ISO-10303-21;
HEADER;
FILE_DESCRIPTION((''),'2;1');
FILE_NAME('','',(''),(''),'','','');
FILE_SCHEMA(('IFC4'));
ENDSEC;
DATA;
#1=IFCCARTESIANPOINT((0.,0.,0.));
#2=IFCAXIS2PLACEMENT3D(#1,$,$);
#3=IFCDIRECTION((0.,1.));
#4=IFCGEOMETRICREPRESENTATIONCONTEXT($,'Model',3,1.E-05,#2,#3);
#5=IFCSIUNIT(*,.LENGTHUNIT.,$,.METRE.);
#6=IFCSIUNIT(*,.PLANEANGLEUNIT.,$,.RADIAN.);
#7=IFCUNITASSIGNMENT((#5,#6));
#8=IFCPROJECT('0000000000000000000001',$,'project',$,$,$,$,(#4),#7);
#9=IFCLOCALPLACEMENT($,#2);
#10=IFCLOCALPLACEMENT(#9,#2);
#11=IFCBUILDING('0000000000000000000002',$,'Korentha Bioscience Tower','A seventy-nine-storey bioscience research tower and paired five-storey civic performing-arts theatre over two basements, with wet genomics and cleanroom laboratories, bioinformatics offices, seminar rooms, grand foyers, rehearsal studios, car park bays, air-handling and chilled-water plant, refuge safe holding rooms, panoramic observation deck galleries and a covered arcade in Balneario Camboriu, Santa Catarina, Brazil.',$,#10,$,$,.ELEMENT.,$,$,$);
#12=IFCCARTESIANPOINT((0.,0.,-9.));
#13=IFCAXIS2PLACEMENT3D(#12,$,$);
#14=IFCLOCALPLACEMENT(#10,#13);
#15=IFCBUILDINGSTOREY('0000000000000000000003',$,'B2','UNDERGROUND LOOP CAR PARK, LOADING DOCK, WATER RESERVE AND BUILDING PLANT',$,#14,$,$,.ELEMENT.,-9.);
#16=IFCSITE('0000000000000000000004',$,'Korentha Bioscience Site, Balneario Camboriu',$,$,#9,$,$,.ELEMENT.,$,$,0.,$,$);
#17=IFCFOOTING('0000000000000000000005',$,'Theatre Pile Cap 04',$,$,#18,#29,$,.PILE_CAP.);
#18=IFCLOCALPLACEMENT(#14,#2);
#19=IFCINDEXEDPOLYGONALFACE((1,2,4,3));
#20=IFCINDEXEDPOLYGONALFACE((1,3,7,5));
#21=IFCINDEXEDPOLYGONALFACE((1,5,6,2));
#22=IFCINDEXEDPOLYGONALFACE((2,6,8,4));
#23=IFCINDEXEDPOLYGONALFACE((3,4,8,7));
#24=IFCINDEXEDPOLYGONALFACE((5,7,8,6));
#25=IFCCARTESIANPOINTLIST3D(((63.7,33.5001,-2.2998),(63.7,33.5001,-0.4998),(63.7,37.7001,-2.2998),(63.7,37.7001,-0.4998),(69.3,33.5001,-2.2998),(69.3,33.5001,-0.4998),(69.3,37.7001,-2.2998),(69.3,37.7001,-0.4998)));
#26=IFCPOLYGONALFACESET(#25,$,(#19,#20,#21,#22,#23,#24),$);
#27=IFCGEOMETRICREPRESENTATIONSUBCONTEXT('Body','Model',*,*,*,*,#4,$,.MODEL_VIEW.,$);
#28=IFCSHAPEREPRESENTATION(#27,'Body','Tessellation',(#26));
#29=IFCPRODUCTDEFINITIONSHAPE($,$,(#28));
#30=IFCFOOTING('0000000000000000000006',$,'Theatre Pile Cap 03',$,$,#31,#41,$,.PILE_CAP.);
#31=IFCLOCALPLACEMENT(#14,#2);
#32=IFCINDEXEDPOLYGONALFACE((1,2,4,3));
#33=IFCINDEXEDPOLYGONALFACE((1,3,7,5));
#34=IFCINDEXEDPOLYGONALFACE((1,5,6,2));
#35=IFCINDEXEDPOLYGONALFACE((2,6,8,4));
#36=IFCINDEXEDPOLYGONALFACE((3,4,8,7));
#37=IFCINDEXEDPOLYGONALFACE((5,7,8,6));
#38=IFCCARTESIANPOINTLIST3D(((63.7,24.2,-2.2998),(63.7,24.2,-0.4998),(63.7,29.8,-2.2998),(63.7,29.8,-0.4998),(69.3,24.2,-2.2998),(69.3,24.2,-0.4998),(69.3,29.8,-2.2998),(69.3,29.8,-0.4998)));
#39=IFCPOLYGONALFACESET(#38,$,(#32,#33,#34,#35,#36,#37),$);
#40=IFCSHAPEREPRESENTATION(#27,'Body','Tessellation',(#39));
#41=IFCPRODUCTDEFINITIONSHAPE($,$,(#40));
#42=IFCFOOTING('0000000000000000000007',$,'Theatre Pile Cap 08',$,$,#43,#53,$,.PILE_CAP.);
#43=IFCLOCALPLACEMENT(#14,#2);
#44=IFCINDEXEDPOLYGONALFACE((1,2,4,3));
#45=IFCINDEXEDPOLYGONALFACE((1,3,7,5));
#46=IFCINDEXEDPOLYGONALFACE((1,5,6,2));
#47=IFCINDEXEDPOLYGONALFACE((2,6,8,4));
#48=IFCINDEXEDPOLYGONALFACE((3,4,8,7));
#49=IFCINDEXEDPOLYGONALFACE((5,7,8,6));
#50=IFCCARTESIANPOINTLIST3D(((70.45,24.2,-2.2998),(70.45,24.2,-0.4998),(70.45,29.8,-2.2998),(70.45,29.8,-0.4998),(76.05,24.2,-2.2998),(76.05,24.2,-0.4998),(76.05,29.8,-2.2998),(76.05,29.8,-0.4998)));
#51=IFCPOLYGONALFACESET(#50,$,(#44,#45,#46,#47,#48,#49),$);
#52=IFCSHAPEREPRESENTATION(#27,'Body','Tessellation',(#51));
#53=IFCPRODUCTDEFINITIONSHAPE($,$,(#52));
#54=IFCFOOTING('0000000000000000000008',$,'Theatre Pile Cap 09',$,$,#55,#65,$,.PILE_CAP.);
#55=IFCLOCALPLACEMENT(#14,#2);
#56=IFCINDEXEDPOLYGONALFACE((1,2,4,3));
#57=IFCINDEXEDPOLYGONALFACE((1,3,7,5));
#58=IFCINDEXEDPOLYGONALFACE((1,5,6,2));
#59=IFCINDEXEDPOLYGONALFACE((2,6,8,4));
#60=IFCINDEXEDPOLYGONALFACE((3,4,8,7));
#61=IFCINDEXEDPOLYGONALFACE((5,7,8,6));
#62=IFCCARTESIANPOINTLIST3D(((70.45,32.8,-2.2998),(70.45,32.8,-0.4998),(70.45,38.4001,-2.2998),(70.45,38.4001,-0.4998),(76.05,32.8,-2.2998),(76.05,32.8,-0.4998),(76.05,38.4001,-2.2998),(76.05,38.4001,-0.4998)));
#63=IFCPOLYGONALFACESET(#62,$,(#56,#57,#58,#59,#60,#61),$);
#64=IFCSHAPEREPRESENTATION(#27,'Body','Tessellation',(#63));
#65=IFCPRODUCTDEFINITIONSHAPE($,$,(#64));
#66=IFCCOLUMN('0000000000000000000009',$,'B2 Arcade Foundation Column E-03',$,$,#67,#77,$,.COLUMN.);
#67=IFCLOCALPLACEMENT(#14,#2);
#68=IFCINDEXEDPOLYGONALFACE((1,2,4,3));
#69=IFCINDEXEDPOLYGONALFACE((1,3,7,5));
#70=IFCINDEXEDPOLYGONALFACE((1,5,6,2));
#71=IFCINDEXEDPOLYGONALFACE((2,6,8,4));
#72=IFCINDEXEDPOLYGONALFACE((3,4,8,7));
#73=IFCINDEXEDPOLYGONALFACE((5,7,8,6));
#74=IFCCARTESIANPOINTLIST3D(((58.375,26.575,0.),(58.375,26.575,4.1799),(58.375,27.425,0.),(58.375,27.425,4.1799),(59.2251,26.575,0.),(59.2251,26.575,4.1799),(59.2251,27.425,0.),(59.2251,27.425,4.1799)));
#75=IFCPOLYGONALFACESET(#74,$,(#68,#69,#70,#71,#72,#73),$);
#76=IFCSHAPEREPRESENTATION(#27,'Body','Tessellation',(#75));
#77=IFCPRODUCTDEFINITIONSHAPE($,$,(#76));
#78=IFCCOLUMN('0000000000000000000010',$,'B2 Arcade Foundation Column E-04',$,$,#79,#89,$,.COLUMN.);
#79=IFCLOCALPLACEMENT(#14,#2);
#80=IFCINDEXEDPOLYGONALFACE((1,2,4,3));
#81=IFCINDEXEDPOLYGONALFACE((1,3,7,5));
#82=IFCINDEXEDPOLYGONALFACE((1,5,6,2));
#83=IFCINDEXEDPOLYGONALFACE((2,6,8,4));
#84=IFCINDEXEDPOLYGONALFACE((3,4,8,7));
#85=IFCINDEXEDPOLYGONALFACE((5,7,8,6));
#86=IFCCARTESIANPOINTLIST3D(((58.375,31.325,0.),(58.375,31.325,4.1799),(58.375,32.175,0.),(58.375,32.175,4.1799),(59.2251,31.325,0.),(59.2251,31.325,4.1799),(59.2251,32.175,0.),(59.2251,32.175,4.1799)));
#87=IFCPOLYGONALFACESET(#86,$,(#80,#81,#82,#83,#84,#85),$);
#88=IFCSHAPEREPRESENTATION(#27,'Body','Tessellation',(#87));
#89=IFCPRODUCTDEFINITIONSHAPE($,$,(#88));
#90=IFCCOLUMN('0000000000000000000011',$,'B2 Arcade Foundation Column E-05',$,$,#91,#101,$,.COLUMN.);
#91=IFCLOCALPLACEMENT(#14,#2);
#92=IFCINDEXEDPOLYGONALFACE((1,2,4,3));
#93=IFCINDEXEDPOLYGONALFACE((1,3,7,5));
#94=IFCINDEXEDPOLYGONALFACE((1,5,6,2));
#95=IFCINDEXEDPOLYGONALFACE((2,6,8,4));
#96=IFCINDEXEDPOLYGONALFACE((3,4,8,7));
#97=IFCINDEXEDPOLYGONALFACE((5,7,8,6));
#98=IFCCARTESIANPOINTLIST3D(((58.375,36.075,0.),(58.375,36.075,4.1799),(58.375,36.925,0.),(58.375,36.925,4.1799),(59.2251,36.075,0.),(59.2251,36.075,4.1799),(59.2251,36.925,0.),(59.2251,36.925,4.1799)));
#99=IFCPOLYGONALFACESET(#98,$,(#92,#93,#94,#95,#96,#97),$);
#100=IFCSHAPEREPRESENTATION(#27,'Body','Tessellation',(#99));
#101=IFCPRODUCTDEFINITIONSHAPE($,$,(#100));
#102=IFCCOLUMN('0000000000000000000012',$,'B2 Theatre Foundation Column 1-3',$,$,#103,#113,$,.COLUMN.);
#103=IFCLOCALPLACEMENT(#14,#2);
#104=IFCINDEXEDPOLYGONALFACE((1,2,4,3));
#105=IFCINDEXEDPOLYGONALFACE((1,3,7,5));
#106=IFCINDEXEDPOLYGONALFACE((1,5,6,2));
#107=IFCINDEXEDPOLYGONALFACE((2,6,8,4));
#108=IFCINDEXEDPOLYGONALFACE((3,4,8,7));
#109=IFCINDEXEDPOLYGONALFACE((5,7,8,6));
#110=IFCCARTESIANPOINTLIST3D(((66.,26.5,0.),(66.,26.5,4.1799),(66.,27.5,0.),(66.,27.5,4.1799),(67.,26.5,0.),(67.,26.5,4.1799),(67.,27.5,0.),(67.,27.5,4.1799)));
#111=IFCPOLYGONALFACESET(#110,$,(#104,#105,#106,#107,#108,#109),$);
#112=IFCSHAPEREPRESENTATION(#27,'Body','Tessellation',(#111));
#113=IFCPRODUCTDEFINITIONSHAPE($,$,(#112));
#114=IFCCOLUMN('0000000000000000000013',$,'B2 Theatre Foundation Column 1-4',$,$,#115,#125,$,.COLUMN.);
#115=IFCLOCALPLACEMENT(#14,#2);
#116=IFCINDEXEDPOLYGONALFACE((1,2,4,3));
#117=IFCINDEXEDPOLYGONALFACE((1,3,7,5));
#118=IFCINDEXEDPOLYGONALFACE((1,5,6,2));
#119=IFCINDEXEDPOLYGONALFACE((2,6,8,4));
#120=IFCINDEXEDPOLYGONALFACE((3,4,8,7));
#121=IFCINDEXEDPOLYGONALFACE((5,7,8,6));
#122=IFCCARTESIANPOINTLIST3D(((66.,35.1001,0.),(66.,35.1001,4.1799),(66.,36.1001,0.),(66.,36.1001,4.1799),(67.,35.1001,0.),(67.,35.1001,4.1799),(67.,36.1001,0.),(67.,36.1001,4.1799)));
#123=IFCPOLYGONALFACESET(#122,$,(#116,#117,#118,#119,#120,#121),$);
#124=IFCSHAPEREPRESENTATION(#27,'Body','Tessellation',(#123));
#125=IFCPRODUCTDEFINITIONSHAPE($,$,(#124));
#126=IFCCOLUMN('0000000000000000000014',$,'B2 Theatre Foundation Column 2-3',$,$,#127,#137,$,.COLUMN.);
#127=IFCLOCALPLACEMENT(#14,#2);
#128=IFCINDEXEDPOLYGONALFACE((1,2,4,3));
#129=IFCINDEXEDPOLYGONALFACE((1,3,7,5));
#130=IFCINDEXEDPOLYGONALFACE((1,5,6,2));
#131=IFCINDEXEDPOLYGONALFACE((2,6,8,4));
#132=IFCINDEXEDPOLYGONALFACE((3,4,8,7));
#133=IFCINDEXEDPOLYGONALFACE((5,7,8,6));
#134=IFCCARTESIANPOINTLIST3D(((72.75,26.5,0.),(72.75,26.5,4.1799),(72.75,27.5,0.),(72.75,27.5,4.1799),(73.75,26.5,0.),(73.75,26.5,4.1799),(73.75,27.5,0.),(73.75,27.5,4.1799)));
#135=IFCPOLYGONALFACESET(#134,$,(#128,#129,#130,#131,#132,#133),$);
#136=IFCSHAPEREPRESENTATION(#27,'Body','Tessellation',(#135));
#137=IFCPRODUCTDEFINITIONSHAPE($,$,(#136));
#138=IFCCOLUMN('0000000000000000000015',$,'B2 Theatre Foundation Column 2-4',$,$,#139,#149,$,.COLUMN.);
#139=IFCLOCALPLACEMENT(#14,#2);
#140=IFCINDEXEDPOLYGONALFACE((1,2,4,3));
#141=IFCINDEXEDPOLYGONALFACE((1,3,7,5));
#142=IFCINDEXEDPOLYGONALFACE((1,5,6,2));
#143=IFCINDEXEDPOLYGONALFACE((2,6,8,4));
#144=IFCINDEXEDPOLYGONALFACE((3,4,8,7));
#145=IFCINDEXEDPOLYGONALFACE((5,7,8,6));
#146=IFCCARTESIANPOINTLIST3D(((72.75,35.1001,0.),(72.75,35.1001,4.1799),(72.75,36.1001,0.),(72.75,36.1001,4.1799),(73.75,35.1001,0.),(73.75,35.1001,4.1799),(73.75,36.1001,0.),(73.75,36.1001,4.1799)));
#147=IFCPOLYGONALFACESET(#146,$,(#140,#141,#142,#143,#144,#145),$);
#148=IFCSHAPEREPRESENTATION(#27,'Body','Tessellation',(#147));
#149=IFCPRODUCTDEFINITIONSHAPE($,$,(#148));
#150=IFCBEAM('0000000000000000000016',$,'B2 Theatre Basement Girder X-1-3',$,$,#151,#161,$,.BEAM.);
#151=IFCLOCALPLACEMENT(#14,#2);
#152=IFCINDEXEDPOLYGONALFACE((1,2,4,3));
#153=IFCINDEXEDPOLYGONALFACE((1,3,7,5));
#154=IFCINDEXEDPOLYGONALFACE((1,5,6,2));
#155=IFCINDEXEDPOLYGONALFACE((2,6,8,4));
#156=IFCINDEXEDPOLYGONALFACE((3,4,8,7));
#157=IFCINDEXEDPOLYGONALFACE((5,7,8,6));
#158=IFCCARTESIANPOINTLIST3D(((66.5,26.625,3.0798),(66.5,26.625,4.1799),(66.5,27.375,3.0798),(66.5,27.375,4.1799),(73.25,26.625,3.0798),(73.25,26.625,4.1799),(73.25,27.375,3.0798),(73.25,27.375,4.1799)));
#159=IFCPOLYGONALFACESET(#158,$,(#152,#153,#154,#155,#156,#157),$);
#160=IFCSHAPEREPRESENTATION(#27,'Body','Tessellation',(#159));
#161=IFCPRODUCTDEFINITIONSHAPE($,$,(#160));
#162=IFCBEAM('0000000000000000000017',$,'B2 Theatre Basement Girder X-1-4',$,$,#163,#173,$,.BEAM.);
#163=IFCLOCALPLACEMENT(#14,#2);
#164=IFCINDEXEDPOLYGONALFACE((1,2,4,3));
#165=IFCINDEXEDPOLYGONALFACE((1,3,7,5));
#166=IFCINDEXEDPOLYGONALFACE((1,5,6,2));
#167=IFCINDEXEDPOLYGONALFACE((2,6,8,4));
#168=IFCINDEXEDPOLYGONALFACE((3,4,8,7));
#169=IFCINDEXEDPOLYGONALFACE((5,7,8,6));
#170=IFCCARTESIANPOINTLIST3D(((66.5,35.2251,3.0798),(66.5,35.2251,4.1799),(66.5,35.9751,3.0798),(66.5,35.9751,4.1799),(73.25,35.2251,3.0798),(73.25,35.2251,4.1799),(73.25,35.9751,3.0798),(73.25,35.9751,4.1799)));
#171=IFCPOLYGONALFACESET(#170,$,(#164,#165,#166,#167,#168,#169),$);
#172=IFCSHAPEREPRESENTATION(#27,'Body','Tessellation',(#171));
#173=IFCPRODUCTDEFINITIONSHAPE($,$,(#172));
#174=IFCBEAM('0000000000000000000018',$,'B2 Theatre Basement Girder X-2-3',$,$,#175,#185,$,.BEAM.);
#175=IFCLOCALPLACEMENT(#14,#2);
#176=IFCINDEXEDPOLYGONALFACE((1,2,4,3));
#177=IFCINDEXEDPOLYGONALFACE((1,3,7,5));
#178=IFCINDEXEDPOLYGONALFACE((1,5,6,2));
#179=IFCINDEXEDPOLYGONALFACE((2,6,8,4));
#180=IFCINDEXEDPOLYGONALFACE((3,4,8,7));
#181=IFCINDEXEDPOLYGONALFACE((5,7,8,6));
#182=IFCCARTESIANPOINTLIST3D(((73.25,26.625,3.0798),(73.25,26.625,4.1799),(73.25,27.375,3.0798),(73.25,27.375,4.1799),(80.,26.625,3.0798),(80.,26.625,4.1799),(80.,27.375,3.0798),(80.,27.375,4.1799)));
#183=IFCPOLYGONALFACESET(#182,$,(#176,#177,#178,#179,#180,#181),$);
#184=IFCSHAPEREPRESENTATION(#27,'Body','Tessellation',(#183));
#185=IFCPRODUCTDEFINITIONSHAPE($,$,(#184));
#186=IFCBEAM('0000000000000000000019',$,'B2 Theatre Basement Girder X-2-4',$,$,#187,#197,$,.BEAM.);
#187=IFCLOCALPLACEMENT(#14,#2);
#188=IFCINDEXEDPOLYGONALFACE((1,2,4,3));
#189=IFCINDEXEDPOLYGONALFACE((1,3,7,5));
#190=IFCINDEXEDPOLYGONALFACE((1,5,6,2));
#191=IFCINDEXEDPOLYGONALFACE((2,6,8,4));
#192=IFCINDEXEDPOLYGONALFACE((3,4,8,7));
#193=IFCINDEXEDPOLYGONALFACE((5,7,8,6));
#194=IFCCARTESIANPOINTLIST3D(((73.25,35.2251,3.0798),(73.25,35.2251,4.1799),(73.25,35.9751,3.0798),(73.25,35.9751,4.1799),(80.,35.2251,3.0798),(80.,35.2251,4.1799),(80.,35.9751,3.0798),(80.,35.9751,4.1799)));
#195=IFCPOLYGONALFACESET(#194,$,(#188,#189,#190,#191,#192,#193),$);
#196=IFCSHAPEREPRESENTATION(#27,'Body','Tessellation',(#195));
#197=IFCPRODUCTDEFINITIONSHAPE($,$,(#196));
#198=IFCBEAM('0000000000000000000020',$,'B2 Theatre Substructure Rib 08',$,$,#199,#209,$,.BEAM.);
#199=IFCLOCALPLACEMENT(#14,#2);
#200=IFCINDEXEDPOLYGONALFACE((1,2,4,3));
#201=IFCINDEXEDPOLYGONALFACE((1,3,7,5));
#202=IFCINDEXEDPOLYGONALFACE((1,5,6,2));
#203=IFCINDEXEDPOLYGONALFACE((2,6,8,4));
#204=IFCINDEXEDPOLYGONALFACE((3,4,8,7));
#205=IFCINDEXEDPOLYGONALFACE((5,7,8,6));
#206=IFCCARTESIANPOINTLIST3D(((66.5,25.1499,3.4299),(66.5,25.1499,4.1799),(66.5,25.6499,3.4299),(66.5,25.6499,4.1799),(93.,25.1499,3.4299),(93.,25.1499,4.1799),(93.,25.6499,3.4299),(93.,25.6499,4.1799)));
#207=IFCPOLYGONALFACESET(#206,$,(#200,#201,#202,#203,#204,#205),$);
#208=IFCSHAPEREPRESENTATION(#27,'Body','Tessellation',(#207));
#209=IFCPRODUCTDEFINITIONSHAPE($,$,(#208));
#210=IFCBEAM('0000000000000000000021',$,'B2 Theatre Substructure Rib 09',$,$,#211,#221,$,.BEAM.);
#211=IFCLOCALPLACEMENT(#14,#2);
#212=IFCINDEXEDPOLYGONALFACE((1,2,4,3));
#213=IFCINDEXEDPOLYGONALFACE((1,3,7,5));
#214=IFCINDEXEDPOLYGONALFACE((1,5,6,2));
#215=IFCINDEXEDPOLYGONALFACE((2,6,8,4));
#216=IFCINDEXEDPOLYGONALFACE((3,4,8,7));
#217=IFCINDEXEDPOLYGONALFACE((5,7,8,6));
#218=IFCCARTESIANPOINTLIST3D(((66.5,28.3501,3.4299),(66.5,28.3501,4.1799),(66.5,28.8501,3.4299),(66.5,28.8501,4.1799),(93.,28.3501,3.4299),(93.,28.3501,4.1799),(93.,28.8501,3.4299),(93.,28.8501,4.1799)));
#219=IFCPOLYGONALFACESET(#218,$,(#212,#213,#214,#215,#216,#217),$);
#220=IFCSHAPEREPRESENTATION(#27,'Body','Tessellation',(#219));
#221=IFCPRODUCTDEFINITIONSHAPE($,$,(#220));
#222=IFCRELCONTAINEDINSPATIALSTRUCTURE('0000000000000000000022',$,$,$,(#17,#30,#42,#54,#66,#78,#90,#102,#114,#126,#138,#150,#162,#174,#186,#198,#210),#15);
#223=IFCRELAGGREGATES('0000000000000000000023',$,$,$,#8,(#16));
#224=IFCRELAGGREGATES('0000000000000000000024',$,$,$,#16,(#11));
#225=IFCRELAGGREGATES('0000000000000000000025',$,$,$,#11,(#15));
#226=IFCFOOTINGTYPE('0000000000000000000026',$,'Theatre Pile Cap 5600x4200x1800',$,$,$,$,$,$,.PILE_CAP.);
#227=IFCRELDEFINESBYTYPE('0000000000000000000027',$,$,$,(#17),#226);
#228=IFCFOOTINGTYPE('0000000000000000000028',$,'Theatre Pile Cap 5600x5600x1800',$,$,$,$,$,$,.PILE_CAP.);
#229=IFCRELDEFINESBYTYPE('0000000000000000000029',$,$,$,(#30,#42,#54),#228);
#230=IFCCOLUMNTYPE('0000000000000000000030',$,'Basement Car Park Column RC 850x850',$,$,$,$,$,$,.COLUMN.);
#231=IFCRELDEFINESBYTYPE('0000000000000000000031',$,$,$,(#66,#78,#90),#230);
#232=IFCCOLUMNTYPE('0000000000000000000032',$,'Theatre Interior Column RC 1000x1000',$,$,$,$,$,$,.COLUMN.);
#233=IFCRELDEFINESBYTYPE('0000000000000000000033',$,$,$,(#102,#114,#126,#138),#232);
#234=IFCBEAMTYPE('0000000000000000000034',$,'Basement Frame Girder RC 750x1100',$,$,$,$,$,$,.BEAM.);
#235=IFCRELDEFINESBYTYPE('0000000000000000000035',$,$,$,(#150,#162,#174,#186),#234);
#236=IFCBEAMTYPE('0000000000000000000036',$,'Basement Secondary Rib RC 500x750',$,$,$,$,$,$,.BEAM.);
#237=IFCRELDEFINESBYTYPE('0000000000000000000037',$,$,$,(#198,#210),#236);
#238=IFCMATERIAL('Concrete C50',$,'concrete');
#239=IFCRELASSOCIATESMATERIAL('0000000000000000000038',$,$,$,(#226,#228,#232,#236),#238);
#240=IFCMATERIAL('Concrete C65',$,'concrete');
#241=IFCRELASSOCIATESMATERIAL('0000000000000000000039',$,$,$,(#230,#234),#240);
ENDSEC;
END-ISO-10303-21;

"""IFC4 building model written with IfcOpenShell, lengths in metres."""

from ifc_helpers import new_model, si_unit, direction, frame, origin, origin_2d, place, context, subcontext, project, spatial, rectangle, extrude, material, material_profile, profile_set, type_object, element, save


model = new_model("IFC4")

# Units and contexts
model_context = context("Model", 3, precision=1e-05, world=origin(), true_north=direction((0.0, 1.0)))
body_context = subcontext(model_context, "Body", "Model", "MODEL_VIEW")
ifc_project = project(units=[si_unit("LENGTHUNIT", "METRE"), si_unit("PLANEANGLEUNIT", "RADIAN")], contexts=[model_context])

# Site, building, storey
site_placement = place(None, origin())
site = spatial("IfcSite", under=ifc_project, at=site_placement, Name="Korentha Bioscience Site, Balneario Camboriu", CompositionType="ELEMENT", RefElevation=0.0)
building_placement = place(site_placement, origin())
building = spatial("IfcBuilding", under=site, at=building_placement, Name="Korentha Bioscience Tower", Description="A seventy-nine-storey bioscience research tower and paired five-storey civic performing-arts theatre over two basements, with wet genomics and cleanroom laboratories, bioinformatics offices, seminar rooms, grand foyers, rehearsal studios, car park bays, air-handling and chilled-water plant, refuge safe holding rooms, panoramic observation deck galleries and a covered arcade in Balneario Camboriu, Santa Catarina, Brazil.", CompositionType="ELEMENT")
storey_placement = place(building_placement, frame((0.0, 0.0, -9.0)))
storey = spatial("IfcBuildingStorey", under=building, at=storey_placement, Name="B2", Description="UNDERGROUND LOOP CAR PARK, LOADING DOCK, WATER RESERVE AND BUILDING PLANT", CompositionType="ELEMENT", Elevation=-9.0)

# Shared definitions
ifc_material_1 = material(Name="Concrete C50", Category="concrete")

# Footings
footing_type_1 = type_object("IfcFootingType", Name="Theatre Pile Cap 5600x4200x1800", PredefinedType="PILE_CAP", material=ifc_material_1)
footing_placement = place(storey_placement, frame((66.5, 35.6001, -2.2998), z_axis=(0.0, 0.0, 1.0), x_axis=(1.0, 0.0, 0.0)))
element("IfcFooting", 1, at=footing_placement, inside=storey, type_object=footing_type_1, Name="Theatre Pile Cap 04", PredefinedType="PILE_CAP", context=body_context, shape_type="SweptSolid", body=[
    extrude(rectangle(XDim=5.6001, YDim=4.2, at=origin_2d()), origin(), (0.0, 0.0, 1.0), 1.8),
])
footing_type_2 = type_object("IfcFootingType", Name="Theatre Pile Cap 5600x5600x1800", PredefinedType="PILE_CAP", material=ifc_material_1)
for number, where, z_axis, x_axis, name in (
    (2, (66.5, 27.0, -2.2998), (0.0, 0.0, 1.0), (1.0, 0.0, 0.0), "Theatre Pile Cap 03"),
    (3, (73.25, 27.0, -2.2998), (0.0, 0.0, 1.0), (1.0, 0.0, 0.0), "Theatre Pile Cap 08"),
    (4, (73.25, 35.6001, -2.2998), (0.0, 0.0, 1.0), (1.0, 0.0, 0.0), "Theatre Pile Cap 09"),
):
    element("IfcFooting", number, at=place(storey_placement, frame(where, z_axis=z_axis, x_axis=x_axis)), inside=storey, type_object=footing_type_2, Name=name, PredefinedType="PILE_CAP", context=body_context, shape_type="SweptSolid", body=[
        extrude(rectangle(XDim=5.6001, YDim=5.6001, at=origin_2d()), origin(), (0.0, 0.0, 1.0), 1.8),
    ])

# Columns
ifc_material_2 = material(Name="Concrete C65", Category="concrete")
ifc_material_profile_1 = material_profile(ifc_material_2, rectangle(XDim=0.8501, YDim=0.8501, at=origin_2d()), Name="Concrete C65")
ifc_profile_set_1 = profile_set([ifc_material_profile_1], Name="Concrete C65 (BC-01)")
column_type_1 = type_object("IfcColumnType", Name="Basement Car Park Column RC 850x850", PredefinedType="COLUMN", material=ifc_profile_set_1)
for number, where, z_axis, x_axis, name in (
    (5, (58.8, 27.0, 0.0), (0.0, 0.0, 1.0), (1.0, 0.0, 0.0), "B2 Arcade Foundation Column E-03"),
    (6, (58.8, 31.75, 0.0), (0.0, 0.0, 1.0), (1.0, 0.0, 0.0), "B2 Arcade Foundation Column E-04"),
    (7, (58.8, 36.5, 0.0), (0.0, 0.0, 1.0), (1.0, 0.0, 0.0), "B2 Arcade Foundation Column E-05"),
):
    element("IfcColumn", number, at=place(storey_placement, frame(where, z_axis=z_axis, x_axis=x_axis)), inside=storey, type_object=column_type_1, Name=name, PredefinedType="COLUMN", context=body_context, shape_type="SweptSolid", body=[
        extrude(rectangle(XDim=0.8501, YDim=0.8501, at=origin_2d()), origin(), (0.0, 0.0, 1.0), 4.1799),
    ])
ifc_material_profile_2 = material_profile(ifc_material_1, rectangle(XDim=1.0, YDim=1.0, at=origin_2d()), Name="Concrete C50")
ifc_profile_set_2 = profile_set([ifc_material_profile_2], Name="Concrete C50 (TC-I01)")
column_type_2 = type_object("IfcColumnType", Name="Theatre Interior Column RC 1000x1000", PredefinedType="COLUMN", material=ifc_profile_set_2)
for number, where, z_axis, x_axis, name in (
    (8, (66.5, 27.0, 0.0), (0.0, 0.0, 1.0), (1.0, 0.0, 0.0), "B2 Theatre Foundation Column 1-3"),
    (9, (66.5, 35.6001, 0.0), (0.0, 0.0, 1.0), (1.0, 0.0, 0.0), "B2 Theatre Foundation Column 1-4"),
    (10, (73.25, 27.0, 0.0), (0.0, 0.0, 1.0), (1.0, 0.0, 0.0), "B2 Theatre Foundation Column 2-3"),
    (11, (73.25, 35.6001, 0.0), (0.0, 0.0, 1.0), (1.0, 0.0, 0.0), "B2 Theatre Foundation Column 2-4"),
):
    element("IfcColumn", number, at=place(storey_placement, frame(where, z_axis=z_axis, x_axis=x_axis)), inside=storey, type_object=column_type_2, Name=name, PredefinedType="COLUMN", context=body_context, shape_type="SweptSolid", body=[
        extrude(rectangle(XDim=1.0, YDim=1.0, at=origin_2d()), origin(), (0.0, 0.0, 1.0), 4.1799),
    ])

# Beams
ifc_material_profile_3 = material_profile(ifc_material_2, rectangle(XDim=0.75, YDim=1.1001, at=origin_2d()), Name="Concrete C65")
ifc_profile_set_3 = profile_set([ifc_material_profile_3], Name="Concrete C65 (BB-750)")
beam_type_1 = type_object("IfcBeamType", Name="Basement Frame Girder RC 750x1100", PredefinedType="BEAM", material=ifc_profile_set_3)
for number, where, z_axis, x_axis, name in (
    (12, (66.5, 27.0, 3.6299), (1.0, 0.0, 0.0), (0.0, 1.0, 0.0), "B2 Theatre Basement Girder X-1-3"),
    (13, (66.5, 35.6001, 3.6299), (1.0, 0.0, 0.0), (0.0, 1.0, 0.0), "B2 Theatre Basement Girder X-1-4"),
    (14, (73.25, 27.0, 3.6299), (1.0, 0.0, 0.0), (0.0, 1.0, 0.0), "B2 Theatre Basement Girder X-2-3"),
    (15, (73.25, 35.6001, 3.6299), (1.0, 0.0, 0.0), (0.0, 1.0, 0.0), "B2 Theatre Basement Girder X-2-4"),
):
    element("IfcBeam", number, at=place(storey_placement, frame(where, z_axis=z_axis, x_axis=x_axis)), inside=storey, type_object=beam_type_1, Name=name, PredefinedType="BEAM", context=body_context, shape_type="SweptSolid", body=[
        extrude(rectangle(XDim=0.75, YDim=1.1001, at=origin_2d()), origin(), (0.0, 0.0, 1.0), 6.75),
    ])
ifc_material_profile_4 = material_profile(ifc_material_1, rectangle(XDim=0.5, YDim=0.75, at=origin_2d()), Name="Concrete C50")
ifc_profile_set_4 = profile_set([ifc_material_profile_4], Name="Concrete C50 (BB-500)")
beam_type_2 = type_object("IfcBeamType", Name="Basement Secondary Rib RC 500x750", PredefinedType="BEAM", material=ifc_profile_set_4)
for number, where, z_axis, x_axis, name in (
    (16, (66.5, 25.3999, 3.8049), (1.0, 0.0, 0.0), (0.0, 1.0, 0.0), "B2 Theatre Substructure Rib 08"),
    (17, (66.5, 28.6001, 3.8049), (1.0, 0.0, 0.0), (0.0, 1.0, 0.0), "B2 Theatre Substructure Rib 09"),
):
    element("IfcBeam", number, at=place(storey_placement, frame(where, z_axis=z_axis, x_axis=x_axis)), inside=storey, type_object=beam_type_2, Name=name, PredefinedType="BEAM", context=body_context, shape_type="SweptSolid", body=[
        extrude(rectangle(XDim=0.5, YDim=0.75, at=origin_2d()), origin(), (0.0, 0.0, 1.0), 26.5),
    ])

save(model, "model.ifc")
